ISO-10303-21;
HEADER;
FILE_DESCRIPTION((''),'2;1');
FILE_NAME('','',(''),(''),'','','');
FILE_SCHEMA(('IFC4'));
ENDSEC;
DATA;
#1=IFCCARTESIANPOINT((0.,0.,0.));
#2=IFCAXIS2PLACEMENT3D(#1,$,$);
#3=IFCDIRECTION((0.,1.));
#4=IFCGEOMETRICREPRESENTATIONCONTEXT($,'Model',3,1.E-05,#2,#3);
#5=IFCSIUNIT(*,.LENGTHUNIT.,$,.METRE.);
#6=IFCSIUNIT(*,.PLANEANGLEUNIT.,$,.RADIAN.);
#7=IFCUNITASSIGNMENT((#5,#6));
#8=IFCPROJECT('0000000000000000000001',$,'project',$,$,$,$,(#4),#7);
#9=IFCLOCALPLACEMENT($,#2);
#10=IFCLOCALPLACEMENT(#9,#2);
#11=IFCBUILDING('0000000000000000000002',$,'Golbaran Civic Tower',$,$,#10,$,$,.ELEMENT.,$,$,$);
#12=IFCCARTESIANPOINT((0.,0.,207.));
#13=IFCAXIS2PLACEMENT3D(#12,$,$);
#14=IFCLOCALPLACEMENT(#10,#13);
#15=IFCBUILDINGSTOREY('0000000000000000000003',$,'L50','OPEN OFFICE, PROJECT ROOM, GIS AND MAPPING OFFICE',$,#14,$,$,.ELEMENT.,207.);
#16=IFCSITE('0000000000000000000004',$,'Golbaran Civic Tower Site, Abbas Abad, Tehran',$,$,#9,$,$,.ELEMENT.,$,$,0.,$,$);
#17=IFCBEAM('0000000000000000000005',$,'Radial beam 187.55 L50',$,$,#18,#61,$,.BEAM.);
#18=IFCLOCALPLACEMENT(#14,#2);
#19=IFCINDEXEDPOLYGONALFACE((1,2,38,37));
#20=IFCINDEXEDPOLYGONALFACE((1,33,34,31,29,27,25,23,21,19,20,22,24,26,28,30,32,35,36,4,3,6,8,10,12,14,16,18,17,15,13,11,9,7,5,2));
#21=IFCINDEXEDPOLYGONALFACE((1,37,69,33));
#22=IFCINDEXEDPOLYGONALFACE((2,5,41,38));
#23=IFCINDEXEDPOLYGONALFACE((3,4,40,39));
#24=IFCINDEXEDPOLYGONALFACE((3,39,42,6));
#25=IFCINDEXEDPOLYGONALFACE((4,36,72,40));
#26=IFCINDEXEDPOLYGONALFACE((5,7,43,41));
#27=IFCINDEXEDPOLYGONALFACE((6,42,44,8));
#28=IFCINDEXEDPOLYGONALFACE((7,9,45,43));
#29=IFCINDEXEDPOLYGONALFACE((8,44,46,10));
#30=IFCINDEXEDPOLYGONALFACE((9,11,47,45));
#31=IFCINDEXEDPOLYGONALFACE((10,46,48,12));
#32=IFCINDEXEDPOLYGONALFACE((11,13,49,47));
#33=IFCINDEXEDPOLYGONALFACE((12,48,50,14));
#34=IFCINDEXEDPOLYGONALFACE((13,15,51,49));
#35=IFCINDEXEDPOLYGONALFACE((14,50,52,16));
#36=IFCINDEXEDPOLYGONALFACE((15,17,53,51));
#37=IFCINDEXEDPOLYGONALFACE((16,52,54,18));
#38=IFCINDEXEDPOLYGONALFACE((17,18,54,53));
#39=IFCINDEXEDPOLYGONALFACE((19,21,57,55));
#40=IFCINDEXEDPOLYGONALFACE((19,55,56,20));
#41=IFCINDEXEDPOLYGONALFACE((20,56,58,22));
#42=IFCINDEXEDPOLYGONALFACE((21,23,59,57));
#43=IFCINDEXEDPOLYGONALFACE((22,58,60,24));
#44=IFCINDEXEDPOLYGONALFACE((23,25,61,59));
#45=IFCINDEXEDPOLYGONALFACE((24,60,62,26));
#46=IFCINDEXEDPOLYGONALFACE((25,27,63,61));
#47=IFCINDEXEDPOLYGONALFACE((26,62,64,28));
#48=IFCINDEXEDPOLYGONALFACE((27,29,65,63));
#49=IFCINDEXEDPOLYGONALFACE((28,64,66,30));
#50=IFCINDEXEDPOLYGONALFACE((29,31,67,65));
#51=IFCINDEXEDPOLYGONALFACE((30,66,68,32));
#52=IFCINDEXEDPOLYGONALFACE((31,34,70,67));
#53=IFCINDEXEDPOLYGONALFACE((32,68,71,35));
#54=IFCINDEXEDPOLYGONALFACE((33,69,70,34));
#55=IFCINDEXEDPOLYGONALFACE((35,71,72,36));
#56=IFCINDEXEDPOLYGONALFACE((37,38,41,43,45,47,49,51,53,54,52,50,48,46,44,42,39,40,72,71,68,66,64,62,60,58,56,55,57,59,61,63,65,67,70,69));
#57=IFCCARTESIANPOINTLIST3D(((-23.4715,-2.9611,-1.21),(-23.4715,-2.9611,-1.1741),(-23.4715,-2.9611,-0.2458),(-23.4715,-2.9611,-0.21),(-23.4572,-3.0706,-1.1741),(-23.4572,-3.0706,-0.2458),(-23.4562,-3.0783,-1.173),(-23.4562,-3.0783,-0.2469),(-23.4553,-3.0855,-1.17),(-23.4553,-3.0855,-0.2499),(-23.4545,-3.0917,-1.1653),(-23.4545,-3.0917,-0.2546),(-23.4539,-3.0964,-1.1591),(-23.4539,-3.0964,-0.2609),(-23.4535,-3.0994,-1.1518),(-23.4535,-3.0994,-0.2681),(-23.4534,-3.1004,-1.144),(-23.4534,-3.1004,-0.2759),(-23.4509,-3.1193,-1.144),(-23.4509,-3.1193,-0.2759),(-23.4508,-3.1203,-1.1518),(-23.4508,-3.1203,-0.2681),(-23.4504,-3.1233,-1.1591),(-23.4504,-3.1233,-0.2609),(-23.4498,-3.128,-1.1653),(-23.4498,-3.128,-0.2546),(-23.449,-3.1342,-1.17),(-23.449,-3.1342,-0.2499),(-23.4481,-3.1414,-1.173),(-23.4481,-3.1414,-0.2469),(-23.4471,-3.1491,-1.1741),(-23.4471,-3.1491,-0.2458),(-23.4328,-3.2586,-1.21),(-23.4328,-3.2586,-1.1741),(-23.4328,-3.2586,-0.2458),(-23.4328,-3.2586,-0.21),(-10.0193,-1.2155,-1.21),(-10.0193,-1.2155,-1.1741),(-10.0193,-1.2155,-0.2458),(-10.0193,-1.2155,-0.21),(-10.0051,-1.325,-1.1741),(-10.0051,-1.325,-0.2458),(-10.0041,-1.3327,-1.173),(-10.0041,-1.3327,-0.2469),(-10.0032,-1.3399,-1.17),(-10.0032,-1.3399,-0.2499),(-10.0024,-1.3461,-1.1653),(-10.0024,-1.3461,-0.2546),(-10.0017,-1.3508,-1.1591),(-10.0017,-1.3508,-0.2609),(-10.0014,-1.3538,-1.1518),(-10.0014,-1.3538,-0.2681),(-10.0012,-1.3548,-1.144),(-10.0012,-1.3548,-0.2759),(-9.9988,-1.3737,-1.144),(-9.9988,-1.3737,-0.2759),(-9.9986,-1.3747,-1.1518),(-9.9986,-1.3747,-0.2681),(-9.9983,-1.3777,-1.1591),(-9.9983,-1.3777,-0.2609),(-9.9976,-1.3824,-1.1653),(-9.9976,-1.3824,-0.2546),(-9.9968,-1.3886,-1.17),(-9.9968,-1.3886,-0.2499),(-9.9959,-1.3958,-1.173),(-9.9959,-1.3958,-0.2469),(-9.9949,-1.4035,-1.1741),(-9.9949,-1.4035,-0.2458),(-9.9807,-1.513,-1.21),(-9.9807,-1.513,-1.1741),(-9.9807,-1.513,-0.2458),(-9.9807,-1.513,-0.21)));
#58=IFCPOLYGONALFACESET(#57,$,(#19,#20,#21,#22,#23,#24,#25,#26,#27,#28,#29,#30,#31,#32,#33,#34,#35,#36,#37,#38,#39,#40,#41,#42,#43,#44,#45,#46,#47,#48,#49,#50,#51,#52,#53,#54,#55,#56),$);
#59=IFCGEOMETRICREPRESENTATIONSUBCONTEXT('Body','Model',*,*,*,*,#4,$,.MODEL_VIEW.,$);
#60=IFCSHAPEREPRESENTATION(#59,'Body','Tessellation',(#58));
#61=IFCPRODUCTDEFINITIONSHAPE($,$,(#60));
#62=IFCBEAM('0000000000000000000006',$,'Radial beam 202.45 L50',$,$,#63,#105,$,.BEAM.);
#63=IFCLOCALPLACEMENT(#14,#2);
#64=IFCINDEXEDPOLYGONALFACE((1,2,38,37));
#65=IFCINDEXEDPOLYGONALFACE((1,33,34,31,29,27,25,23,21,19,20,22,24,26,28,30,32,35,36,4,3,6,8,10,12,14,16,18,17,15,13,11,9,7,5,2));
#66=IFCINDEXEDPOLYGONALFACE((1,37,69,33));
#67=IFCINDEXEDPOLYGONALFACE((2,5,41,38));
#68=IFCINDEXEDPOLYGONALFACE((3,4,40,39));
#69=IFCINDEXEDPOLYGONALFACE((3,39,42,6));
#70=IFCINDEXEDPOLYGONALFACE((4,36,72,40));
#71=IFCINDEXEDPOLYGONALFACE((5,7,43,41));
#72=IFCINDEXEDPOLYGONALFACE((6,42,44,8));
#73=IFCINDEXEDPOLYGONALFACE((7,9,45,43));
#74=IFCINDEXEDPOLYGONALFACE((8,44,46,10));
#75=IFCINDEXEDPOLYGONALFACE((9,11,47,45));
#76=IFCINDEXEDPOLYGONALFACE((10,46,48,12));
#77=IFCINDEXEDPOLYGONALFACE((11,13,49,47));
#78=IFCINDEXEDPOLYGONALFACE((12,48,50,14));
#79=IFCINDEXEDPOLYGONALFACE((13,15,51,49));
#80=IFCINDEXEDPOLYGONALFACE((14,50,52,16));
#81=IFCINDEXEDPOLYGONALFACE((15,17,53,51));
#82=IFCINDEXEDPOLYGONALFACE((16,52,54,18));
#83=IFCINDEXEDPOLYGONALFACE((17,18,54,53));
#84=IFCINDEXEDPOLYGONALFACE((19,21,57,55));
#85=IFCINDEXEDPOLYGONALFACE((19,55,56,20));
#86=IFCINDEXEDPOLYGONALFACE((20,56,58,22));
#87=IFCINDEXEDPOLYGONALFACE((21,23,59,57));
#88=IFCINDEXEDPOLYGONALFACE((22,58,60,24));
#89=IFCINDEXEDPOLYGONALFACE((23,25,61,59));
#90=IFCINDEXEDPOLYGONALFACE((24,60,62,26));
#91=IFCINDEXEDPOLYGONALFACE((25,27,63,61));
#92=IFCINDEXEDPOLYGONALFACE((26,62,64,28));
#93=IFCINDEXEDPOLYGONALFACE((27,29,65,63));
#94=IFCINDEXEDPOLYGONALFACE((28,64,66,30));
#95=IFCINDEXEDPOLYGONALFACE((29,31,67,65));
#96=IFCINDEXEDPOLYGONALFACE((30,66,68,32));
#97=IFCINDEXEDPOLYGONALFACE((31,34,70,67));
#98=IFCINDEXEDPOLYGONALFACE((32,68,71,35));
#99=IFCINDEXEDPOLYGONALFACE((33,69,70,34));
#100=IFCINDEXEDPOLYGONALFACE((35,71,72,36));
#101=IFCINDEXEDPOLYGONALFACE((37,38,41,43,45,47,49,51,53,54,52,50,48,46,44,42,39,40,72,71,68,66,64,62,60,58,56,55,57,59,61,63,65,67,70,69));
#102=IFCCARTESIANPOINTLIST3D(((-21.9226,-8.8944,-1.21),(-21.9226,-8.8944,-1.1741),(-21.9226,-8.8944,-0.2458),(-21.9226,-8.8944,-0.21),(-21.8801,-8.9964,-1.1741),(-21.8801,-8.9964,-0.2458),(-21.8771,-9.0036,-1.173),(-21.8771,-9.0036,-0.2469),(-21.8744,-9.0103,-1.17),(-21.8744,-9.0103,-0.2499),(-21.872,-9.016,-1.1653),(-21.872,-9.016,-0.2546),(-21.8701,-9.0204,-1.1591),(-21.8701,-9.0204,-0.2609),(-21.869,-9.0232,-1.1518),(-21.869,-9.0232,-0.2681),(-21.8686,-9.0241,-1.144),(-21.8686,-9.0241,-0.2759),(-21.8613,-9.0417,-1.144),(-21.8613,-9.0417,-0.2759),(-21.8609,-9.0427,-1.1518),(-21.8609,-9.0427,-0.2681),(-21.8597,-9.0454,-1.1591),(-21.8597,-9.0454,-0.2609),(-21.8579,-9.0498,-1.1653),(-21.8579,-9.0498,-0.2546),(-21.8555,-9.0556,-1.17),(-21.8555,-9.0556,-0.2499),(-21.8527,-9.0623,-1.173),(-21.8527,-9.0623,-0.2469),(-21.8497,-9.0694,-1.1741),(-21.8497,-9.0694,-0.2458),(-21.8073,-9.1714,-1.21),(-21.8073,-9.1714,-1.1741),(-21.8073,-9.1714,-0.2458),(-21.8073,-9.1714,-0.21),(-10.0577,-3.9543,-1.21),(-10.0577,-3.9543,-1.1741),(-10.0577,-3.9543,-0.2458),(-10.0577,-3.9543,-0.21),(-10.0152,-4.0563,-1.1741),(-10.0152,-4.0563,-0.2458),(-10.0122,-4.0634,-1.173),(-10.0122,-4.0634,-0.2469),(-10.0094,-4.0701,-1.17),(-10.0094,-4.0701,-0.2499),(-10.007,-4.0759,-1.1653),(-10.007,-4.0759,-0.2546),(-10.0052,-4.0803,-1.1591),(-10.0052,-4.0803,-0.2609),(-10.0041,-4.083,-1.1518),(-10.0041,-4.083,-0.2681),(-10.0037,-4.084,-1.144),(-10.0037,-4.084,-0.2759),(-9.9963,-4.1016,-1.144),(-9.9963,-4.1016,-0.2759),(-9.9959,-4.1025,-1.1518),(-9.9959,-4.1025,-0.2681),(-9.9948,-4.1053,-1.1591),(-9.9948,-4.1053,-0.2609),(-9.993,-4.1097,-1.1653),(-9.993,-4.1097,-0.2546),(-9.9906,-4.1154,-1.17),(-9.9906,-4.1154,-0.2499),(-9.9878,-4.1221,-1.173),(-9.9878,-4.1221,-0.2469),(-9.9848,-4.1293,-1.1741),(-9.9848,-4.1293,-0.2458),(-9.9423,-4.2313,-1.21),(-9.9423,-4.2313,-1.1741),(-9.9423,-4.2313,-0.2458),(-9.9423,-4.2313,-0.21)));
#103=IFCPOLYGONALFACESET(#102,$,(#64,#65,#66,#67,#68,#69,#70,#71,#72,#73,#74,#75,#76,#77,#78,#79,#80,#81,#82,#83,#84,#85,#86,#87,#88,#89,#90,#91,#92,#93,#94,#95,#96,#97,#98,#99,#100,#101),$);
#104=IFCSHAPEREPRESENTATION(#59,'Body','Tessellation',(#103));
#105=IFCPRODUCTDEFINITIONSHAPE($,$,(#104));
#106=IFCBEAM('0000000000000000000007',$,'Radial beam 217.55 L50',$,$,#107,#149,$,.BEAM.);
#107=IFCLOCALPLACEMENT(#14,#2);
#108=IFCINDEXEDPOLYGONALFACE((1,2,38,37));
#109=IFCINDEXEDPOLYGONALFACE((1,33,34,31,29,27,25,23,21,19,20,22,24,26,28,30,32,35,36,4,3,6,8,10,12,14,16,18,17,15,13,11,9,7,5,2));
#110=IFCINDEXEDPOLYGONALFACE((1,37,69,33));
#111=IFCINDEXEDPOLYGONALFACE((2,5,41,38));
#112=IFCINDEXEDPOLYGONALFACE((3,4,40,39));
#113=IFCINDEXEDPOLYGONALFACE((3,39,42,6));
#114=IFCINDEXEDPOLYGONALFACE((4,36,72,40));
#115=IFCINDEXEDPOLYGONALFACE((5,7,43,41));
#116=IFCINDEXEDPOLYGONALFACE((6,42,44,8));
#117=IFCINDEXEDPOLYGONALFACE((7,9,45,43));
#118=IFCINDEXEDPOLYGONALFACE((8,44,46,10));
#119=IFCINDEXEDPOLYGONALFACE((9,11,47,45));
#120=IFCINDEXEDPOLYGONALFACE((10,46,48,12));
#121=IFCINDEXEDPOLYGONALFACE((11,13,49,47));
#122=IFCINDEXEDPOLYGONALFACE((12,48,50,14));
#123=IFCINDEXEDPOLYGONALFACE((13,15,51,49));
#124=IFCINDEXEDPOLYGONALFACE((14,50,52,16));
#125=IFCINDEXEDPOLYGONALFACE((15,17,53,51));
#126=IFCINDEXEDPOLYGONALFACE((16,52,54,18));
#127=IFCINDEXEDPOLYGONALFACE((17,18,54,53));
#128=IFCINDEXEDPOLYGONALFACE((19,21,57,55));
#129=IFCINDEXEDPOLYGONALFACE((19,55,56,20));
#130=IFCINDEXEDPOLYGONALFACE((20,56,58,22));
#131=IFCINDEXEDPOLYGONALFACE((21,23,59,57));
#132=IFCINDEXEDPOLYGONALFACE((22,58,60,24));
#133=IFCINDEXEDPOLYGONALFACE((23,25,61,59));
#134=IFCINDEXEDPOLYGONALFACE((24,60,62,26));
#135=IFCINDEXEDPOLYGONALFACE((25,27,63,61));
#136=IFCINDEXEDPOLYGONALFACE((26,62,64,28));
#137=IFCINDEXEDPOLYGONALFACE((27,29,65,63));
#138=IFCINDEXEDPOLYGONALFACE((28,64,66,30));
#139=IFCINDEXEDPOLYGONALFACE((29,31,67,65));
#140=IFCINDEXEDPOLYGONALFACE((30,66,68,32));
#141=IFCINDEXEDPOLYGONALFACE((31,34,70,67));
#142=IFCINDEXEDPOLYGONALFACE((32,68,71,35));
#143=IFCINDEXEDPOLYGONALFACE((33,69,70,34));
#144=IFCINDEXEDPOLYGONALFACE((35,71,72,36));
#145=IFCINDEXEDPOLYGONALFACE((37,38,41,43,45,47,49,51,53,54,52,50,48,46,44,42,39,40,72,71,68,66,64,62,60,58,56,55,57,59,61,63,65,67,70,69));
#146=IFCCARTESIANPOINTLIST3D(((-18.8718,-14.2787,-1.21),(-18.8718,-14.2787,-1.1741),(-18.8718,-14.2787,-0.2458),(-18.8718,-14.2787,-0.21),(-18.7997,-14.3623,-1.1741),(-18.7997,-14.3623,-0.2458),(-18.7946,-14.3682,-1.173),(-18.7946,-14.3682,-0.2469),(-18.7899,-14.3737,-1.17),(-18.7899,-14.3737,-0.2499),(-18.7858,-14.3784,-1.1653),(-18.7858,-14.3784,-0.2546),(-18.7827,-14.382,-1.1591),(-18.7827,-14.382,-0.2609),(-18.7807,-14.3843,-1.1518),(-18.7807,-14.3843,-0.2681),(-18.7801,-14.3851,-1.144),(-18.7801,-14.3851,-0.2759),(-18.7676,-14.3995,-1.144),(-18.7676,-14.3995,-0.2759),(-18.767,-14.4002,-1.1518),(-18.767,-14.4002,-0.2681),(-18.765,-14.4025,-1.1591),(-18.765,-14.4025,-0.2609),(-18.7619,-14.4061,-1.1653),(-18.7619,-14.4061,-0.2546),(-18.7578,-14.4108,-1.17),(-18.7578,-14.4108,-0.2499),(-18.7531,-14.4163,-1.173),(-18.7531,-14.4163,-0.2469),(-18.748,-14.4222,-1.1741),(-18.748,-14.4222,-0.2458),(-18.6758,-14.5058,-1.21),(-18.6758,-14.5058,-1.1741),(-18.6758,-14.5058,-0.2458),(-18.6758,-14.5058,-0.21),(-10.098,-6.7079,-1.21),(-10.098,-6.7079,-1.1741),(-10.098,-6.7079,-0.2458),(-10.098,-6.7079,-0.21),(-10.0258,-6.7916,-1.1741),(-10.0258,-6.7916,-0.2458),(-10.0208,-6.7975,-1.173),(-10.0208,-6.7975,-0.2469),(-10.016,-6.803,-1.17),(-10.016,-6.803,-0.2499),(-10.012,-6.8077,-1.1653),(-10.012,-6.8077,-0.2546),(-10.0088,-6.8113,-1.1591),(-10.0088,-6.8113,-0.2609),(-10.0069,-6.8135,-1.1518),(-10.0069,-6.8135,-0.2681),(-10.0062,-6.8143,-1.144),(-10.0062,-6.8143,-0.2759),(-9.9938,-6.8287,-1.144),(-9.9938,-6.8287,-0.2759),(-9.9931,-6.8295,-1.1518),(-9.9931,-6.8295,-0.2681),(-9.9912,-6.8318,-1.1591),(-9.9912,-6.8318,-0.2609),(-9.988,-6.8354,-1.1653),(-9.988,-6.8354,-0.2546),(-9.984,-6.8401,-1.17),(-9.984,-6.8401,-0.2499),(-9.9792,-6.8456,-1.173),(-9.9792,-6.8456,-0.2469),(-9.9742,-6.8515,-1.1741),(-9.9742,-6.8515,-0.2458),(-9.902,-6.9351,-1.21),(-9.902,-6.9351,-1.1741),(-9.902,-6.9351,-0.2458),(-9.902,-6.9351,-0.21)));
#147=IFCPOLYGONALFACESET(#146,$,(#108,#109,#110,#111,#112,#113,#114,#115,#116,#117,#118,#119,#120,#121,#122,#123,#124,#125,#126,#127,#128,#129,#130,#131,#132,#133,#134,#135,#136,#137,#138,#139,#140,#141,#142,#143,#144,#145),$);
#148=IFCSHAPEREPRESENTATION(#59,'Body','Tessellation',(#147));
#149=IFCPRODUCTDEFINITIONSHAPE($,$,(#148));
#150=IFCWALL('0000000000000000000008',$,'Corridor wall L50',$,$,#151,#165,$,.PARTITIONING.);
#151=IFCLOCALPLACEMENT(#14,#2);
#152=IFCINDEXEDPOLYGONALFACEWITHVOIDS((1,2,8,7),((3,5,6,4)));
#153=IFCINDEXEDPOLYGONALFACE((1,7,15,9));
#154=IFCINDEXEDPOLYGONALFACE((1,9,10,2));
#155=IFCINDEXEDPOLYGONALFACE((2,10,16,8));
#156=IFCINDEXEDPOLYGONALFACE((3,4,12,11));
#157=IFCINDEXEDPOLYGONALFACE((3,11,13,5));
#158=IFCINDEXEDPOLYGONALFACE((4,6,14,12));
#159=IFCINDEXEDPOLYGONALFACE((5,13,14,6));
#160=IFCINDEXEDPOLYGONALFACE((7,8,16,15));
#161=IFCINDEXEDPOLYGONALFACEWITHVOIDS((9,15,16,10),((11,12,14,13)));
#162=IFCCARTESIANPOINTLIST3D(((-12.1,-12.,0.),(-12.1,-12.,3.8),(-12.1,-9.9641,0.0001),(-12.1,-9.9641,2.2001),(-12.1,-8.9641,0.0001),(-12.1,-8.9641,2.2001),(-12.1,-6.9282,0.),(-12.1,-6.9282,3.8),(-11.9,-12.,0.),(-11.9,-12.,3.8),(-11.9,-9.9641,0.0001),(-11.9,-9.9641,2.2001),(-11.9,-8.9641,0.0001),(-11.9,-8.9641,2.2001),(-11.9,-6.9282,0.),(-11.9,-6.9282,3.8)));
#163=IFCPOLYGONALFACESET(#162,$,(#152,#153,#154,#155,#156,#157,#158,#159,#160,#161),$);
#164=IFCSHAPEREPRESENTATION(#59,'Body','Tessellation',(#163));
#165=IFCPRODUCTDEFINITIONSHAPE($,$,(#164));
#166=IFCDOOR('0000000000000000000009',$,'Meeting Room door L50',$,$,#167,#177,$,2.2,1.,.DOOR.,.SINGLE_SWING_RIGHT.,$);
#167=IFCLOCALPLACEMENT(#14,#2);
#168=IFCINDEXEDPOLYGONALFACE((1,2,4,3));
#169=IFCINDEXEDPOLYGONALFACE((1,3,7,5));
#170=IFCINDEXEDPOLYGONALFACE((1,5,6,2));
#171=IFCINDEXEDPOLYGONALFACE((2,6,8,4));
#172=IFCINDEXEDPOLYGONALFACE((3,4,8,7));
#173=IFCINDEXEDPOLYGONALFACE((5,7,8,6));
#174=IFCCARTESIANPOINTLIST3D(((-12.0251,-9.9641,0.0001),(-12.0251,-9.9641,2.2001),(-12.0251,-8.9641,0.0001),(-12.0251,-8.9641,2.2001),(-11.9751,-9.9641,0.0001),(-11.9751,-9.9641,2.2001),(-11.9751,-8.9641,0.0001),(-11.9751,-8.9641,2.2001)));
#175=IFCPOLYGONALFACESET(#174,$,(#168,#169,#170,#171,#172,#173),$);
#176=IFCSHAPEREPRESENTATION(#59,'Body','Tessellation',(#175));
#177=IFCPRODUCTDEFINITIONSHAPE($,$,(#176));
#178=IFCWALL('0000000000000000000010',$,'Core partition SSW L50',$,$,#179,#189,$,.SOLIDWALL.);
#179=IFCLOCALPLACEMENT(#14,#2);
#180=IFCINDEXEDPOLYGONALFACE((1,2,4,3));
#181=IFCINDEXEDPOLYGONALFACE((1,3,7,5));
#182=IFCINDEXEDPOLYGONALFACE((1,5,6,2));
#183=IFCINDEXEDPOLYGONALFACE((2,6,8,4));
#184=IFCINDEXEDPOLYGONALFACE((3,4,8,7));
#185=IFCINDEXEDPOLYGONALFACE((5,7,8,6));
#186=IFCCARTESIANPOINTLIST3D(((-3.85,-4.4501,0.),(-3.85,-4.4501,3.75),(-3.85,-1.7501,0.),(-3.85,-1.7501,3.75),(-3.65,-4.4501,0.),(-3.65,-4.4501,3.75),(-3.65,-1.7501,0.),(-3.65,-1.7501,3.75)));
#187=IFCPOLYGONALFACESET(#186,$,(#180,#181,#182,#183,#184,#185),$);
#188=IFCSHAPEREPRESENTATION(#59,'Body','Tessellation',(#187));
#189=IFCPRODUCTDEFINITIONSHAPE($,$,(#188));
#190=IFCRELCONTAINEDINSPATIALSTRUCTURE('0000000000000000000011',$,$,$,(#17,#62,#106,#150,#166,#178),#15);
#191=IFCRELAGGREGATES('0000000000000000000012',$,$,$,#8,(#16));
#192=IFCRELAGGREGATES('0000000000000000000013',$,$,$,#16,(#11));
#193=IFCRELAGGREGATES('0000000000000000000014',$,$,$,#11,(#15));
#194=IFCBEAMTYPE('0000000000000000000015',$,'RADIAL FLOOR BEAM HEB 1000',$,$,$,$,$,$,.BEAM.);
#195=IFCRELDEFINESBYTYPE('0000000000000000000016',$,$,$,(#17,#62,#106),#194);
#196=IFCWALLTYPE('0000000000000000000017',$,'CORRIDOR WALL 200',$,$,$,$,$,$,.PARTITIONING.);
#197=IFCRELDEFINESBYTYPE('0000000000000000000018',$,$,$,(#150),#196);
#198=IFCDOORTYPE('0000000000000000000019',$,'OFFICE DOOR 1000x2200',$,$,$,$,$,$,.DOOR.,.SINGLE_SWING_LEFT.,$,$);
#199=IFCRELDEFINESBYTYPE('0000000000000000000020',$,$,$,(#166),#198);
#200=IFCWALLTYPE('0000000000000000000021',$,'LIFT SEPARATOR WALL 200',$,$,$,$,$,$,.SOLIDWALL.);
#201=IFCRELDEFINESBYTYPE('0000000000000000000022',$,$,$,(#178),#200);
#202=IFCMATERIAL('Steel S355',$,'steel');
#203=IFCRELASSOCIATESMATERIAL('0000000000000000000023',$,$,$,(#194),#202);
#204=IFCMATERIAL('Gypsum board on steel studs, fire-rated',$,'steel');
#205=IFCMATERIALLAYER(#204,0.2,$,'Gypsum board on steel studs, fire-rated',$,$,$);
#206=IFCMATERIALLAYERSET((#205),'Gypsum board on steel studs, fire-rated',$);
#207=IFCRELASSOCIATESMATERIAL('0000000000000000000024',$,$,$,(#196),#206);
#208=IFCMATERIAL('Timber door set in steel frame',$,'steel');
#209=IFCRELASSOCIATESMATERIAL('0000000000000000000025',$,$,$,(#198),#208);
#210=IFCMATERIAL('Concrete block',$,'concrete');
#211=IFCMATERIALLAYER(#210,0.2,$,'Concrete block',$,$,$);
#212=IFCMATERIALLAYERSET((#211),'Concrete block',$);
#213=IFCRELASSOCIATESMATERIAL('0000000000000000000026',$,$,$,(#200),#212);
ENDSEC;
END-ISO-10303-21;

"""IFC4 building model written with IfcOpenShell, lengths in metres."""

from ifc_helpers import new_model, si_unit, direction, frame, frame_2d, origin, origin_2d, place, context, subcontext, project, spatial, rectangle, i_section, extrude, material, layer, layer_set, material_profile, profile_set, type_object, element, fill, save


model = new_model("IFC4")

# Units and contexts
model_context = context("Model", 3, precision=1e-05, world=origin(), true_north=direction((0.0, 1.0)))
body_context = subcontext(model_context, "Body", "Model", "MODEL_VIEW")
ifc_project = project(units=[si_unit("LENGTHUNIT", "METRE"), si_unit("PLANEANGLEUNIT", "RADIAN")], contexts=[model_context])

# Site, building, storey
site_placement = place(None, origin())
site = spatial("IfcSite", under=ifc_project, at=site_placement, Name="Golbaran Civic Tower Site, Abbas Abad, Tehran", CompositionType="ELEMENT", RefElevation=0.0)
building_placement = place(site_placement, origin())
building = spatial("IfcBuilding", under=site, at=building_placement, Name="Golbaran Civic Tower", CompositionType="ELEMENT")
storey_placement = place(building_placement, frame((0.0, 0.0, 207.0)))
storey = spatial("IfcBuildingStorey", under=building, at=storey_placement, Name="L50", Description="OPEN OFFICE, PROJECT ROOM, GIS AND MAPPING OFFICE", CompositionType="ELEMENT", Elevation=207.0)

# Beams
ifc_material_1 = material(Name="Steel S355", Category="steel")
ifc_material_profile_1 = material_profile(ifc_material_1, i_section(OverallWidth=0.3, OverallDepth=1.0, WebThickness=0.019, FlangeThickness=0.0359, FilletRadius=0.03, at=origin_2d()), Name="HEB 1000")
ifc_profile_set_1 = profile_set([ifc_material_profile_1], Name="Steel S355")
beam_type_1 = type_object("IfcBeamType", Name="RADIAL FLOOR BEAM HEB 1000", PredefinedType="BEAM", material=ifc_profile_set_1)
for number, where, z_axis, x_axis, name in (
    (1, (-10.0, -1.3643, -0.71), (-0.991686, -0.128685, 0.0), (0.128685, -0.991686, 0.0), "Radial beam 187.55 L50"),
):
    element("IfcBeam", number, at=place(storey_placement, frame(where, z_axis=z_axis, x_axis=x_axis)), inside=storey, type_object=beam_type_1, Name=name, PredefinedType="BEAM", context=body_context, shape_type="SweptSolid", body=[
        extrude(i_section(OverallWidth=0.3, OverallDepth=1.0, WebThickness=0.019, FlangeThickness=0.0359, FilletRadius=0.03, at=origin_2d()), origin(), (0.0, 0.0, 1.0), 13.5649),
    ])
beam_1_placement = place(storey_placement, frame((-10.0, -4.0928, -0.71), z_axis=(-0.923175, -0.384379, 0.0), x_axis=(0.384379, -0.923175, 0.0)))
element("IfcBeam", 2, at=beam_1_placement, inside=storey, type_object=beam_type_1, Name="Radial beam 202.45 L50", PredefinedType="BEAM", context=body_context, shape_type="SweptSolid", body=[
    extrude(i_section(OverallWidth=0.3, OverallDepth=1.0, WebThickness=0.019, FlangeThickness=0.0359, FilletRadius=0.03, at=origin_2d()), origin(), (0.0, 0.0, 1.0), 12.8523),
])
beam_2_placement = place(storey_placement, frame((-10.0, -6.8215, -0.71), z_axis=(-0.757108, -0.65329, 0.0), x_axis=(0.65329, -0.757108, 0.0)))
element("IfcBeam", 3, at=beam_2_placement, inside=storey, type_object=beam_type_1, Name="Radial beam 217.55 L50", PredefinedType="BEAM", context=body_context, shape_type="SweptSolid", body=[
    extrude(i_section(OverallWidth=0.3, OverallDepth=1.0, WebThickness=0.019, FlangeThickness=0.0359, FilletRadius=0.03, at=origin_2d()), origin(), (0.0, 0.0, 1.0), 11.5886),
])

# Wall, opening, door
ifc_material_2 = material(Name="Gypsum board on steel studs, fire-rated", Category="steel")
ifc_layer_1 = layer(ifc_material_2, 0.2, Name="Gypsum board on steel studs, fire-rated")
ifc_layer_set_1 = layer_set([ifc_layer_1], Name="Gypsum board on steel studs, fire-rated")
wall_type_1 = type_object("IfcWallType", Name="CORRIDOR WALL 200", PredefinedType="PARTITIONING", material=ifc_layer_set_1)
wall_1_placement = place(storey_placement, frame((-12.0, -6.9282, 0.0), z_axis=(0.0, 0.0, 1.0), x_axis=(0.0, -1.0, 0.0)))
wall_1 = element("IfcWall", 4, at=wall_1_placement, inside=storey, type_object=wall_type_1, Name="Corridor wall L50", PredefinedType="PARTITIONING", context=body_context, shape_type="SweptSolid", body=[
    extrude(rectangle(XDim=5.0718, YDim=0.2, at=frame_2d((2.5359, 0.0))), origin(), (0.0, 0.0, 1.0), 3.8),
])
opening_1_placement = place(wall_1_placement, frame((2.0359, 0.0, 0.0)))
opening_1 = element("IfcOpeningElement", 5, at=opening_1_placement, cuts=wall_1, PredefinedType="OPENING", context=body_context, shape_type="SweptSolid", body=[
    extrude(rectangle(XDim=1.0, YDim=2.2, at=frame_2d((0.5, 1.1001))), frame((0.0, 0.1099, 0.0), z_axis=(0.0, -1.0, 0.0), x_axis=(1.0, 0.0, 0.0)), (0.0, 0.0, 1.0), 0.22),
])
ifc_material_3 = material(Name="Timber door set in steel frame", Category="steel")
door_type_1 = type_object("IfcDoorType", Name="OFFICE DOOR 1000x2200", OperationType="SINGLE_SWING_LEFT", PredefinedType="DOOR", material=ifc_material_3)
door_1_placement = place(opening_1_placement, origin())
door_1 = element("IfcDoor", 6, at=door_1_placement, inside=storey, type_object=door_type_1, Name="Meeting Room door L50", OperationType="SINGLE_SWING_RIGHT", OverallHeight=2.2, OverallWidth=1.0, PredefinedType="DOOR", context=body_context, shape_type="SweptSolid", body=[
    extrude(rectangle(XDim=1.0, YDim=2.2, at=frame_2d((0.5, 1.1001))), frame((0.0, 0.0249, 0.0), z_axis=(0.0, -1.0, 0.0), x_axis=(1.0, 0.0, 0.0)), (0.0, 0.0, 1.0), 0.05),
])
fill(opening_1, door_1)

# Wall
ifc_material_4 = material(Name="Concrete block", Category="concrete")
ifc_layer_2 = layer(ifc_material_4, 0.2, Name="Concrete block")
ifc_layer_set_2 = layer_set([ifc_layer_2], Name="Concrete block")
wall_type_2 = type_object("IfcWallType", Name="LIFT SEPARATOR WALL 200", PredefinedType="SOLIDWALL", material=ifc_layer_set_2)
for number, where, z_axis, x_axis, name in (
    (7, (-3.75, -1.75, 0.0), (0.0, 0.0, 1.0), (0.0, -1.0, 0.0), "Core partition SSW L50"),
):
    element("IfcWall", number, at=place(storey_placement, frame(where, z_axis=z_axis, x_axis=x_axis)), inside=storey, type_object=wall_type_2, Name=name, PredefinedType="SOLIDWALL", context=body_context, shape_type="SweptSolid", body=[
        extrude(rectangle(XDim=2.7, YDim=0.2, at=frame_2d((1.3501, 0.0))), origin(), (0.0, 0.0, 1.0), 3.75),
    ])

save(model, "model.ifc")
